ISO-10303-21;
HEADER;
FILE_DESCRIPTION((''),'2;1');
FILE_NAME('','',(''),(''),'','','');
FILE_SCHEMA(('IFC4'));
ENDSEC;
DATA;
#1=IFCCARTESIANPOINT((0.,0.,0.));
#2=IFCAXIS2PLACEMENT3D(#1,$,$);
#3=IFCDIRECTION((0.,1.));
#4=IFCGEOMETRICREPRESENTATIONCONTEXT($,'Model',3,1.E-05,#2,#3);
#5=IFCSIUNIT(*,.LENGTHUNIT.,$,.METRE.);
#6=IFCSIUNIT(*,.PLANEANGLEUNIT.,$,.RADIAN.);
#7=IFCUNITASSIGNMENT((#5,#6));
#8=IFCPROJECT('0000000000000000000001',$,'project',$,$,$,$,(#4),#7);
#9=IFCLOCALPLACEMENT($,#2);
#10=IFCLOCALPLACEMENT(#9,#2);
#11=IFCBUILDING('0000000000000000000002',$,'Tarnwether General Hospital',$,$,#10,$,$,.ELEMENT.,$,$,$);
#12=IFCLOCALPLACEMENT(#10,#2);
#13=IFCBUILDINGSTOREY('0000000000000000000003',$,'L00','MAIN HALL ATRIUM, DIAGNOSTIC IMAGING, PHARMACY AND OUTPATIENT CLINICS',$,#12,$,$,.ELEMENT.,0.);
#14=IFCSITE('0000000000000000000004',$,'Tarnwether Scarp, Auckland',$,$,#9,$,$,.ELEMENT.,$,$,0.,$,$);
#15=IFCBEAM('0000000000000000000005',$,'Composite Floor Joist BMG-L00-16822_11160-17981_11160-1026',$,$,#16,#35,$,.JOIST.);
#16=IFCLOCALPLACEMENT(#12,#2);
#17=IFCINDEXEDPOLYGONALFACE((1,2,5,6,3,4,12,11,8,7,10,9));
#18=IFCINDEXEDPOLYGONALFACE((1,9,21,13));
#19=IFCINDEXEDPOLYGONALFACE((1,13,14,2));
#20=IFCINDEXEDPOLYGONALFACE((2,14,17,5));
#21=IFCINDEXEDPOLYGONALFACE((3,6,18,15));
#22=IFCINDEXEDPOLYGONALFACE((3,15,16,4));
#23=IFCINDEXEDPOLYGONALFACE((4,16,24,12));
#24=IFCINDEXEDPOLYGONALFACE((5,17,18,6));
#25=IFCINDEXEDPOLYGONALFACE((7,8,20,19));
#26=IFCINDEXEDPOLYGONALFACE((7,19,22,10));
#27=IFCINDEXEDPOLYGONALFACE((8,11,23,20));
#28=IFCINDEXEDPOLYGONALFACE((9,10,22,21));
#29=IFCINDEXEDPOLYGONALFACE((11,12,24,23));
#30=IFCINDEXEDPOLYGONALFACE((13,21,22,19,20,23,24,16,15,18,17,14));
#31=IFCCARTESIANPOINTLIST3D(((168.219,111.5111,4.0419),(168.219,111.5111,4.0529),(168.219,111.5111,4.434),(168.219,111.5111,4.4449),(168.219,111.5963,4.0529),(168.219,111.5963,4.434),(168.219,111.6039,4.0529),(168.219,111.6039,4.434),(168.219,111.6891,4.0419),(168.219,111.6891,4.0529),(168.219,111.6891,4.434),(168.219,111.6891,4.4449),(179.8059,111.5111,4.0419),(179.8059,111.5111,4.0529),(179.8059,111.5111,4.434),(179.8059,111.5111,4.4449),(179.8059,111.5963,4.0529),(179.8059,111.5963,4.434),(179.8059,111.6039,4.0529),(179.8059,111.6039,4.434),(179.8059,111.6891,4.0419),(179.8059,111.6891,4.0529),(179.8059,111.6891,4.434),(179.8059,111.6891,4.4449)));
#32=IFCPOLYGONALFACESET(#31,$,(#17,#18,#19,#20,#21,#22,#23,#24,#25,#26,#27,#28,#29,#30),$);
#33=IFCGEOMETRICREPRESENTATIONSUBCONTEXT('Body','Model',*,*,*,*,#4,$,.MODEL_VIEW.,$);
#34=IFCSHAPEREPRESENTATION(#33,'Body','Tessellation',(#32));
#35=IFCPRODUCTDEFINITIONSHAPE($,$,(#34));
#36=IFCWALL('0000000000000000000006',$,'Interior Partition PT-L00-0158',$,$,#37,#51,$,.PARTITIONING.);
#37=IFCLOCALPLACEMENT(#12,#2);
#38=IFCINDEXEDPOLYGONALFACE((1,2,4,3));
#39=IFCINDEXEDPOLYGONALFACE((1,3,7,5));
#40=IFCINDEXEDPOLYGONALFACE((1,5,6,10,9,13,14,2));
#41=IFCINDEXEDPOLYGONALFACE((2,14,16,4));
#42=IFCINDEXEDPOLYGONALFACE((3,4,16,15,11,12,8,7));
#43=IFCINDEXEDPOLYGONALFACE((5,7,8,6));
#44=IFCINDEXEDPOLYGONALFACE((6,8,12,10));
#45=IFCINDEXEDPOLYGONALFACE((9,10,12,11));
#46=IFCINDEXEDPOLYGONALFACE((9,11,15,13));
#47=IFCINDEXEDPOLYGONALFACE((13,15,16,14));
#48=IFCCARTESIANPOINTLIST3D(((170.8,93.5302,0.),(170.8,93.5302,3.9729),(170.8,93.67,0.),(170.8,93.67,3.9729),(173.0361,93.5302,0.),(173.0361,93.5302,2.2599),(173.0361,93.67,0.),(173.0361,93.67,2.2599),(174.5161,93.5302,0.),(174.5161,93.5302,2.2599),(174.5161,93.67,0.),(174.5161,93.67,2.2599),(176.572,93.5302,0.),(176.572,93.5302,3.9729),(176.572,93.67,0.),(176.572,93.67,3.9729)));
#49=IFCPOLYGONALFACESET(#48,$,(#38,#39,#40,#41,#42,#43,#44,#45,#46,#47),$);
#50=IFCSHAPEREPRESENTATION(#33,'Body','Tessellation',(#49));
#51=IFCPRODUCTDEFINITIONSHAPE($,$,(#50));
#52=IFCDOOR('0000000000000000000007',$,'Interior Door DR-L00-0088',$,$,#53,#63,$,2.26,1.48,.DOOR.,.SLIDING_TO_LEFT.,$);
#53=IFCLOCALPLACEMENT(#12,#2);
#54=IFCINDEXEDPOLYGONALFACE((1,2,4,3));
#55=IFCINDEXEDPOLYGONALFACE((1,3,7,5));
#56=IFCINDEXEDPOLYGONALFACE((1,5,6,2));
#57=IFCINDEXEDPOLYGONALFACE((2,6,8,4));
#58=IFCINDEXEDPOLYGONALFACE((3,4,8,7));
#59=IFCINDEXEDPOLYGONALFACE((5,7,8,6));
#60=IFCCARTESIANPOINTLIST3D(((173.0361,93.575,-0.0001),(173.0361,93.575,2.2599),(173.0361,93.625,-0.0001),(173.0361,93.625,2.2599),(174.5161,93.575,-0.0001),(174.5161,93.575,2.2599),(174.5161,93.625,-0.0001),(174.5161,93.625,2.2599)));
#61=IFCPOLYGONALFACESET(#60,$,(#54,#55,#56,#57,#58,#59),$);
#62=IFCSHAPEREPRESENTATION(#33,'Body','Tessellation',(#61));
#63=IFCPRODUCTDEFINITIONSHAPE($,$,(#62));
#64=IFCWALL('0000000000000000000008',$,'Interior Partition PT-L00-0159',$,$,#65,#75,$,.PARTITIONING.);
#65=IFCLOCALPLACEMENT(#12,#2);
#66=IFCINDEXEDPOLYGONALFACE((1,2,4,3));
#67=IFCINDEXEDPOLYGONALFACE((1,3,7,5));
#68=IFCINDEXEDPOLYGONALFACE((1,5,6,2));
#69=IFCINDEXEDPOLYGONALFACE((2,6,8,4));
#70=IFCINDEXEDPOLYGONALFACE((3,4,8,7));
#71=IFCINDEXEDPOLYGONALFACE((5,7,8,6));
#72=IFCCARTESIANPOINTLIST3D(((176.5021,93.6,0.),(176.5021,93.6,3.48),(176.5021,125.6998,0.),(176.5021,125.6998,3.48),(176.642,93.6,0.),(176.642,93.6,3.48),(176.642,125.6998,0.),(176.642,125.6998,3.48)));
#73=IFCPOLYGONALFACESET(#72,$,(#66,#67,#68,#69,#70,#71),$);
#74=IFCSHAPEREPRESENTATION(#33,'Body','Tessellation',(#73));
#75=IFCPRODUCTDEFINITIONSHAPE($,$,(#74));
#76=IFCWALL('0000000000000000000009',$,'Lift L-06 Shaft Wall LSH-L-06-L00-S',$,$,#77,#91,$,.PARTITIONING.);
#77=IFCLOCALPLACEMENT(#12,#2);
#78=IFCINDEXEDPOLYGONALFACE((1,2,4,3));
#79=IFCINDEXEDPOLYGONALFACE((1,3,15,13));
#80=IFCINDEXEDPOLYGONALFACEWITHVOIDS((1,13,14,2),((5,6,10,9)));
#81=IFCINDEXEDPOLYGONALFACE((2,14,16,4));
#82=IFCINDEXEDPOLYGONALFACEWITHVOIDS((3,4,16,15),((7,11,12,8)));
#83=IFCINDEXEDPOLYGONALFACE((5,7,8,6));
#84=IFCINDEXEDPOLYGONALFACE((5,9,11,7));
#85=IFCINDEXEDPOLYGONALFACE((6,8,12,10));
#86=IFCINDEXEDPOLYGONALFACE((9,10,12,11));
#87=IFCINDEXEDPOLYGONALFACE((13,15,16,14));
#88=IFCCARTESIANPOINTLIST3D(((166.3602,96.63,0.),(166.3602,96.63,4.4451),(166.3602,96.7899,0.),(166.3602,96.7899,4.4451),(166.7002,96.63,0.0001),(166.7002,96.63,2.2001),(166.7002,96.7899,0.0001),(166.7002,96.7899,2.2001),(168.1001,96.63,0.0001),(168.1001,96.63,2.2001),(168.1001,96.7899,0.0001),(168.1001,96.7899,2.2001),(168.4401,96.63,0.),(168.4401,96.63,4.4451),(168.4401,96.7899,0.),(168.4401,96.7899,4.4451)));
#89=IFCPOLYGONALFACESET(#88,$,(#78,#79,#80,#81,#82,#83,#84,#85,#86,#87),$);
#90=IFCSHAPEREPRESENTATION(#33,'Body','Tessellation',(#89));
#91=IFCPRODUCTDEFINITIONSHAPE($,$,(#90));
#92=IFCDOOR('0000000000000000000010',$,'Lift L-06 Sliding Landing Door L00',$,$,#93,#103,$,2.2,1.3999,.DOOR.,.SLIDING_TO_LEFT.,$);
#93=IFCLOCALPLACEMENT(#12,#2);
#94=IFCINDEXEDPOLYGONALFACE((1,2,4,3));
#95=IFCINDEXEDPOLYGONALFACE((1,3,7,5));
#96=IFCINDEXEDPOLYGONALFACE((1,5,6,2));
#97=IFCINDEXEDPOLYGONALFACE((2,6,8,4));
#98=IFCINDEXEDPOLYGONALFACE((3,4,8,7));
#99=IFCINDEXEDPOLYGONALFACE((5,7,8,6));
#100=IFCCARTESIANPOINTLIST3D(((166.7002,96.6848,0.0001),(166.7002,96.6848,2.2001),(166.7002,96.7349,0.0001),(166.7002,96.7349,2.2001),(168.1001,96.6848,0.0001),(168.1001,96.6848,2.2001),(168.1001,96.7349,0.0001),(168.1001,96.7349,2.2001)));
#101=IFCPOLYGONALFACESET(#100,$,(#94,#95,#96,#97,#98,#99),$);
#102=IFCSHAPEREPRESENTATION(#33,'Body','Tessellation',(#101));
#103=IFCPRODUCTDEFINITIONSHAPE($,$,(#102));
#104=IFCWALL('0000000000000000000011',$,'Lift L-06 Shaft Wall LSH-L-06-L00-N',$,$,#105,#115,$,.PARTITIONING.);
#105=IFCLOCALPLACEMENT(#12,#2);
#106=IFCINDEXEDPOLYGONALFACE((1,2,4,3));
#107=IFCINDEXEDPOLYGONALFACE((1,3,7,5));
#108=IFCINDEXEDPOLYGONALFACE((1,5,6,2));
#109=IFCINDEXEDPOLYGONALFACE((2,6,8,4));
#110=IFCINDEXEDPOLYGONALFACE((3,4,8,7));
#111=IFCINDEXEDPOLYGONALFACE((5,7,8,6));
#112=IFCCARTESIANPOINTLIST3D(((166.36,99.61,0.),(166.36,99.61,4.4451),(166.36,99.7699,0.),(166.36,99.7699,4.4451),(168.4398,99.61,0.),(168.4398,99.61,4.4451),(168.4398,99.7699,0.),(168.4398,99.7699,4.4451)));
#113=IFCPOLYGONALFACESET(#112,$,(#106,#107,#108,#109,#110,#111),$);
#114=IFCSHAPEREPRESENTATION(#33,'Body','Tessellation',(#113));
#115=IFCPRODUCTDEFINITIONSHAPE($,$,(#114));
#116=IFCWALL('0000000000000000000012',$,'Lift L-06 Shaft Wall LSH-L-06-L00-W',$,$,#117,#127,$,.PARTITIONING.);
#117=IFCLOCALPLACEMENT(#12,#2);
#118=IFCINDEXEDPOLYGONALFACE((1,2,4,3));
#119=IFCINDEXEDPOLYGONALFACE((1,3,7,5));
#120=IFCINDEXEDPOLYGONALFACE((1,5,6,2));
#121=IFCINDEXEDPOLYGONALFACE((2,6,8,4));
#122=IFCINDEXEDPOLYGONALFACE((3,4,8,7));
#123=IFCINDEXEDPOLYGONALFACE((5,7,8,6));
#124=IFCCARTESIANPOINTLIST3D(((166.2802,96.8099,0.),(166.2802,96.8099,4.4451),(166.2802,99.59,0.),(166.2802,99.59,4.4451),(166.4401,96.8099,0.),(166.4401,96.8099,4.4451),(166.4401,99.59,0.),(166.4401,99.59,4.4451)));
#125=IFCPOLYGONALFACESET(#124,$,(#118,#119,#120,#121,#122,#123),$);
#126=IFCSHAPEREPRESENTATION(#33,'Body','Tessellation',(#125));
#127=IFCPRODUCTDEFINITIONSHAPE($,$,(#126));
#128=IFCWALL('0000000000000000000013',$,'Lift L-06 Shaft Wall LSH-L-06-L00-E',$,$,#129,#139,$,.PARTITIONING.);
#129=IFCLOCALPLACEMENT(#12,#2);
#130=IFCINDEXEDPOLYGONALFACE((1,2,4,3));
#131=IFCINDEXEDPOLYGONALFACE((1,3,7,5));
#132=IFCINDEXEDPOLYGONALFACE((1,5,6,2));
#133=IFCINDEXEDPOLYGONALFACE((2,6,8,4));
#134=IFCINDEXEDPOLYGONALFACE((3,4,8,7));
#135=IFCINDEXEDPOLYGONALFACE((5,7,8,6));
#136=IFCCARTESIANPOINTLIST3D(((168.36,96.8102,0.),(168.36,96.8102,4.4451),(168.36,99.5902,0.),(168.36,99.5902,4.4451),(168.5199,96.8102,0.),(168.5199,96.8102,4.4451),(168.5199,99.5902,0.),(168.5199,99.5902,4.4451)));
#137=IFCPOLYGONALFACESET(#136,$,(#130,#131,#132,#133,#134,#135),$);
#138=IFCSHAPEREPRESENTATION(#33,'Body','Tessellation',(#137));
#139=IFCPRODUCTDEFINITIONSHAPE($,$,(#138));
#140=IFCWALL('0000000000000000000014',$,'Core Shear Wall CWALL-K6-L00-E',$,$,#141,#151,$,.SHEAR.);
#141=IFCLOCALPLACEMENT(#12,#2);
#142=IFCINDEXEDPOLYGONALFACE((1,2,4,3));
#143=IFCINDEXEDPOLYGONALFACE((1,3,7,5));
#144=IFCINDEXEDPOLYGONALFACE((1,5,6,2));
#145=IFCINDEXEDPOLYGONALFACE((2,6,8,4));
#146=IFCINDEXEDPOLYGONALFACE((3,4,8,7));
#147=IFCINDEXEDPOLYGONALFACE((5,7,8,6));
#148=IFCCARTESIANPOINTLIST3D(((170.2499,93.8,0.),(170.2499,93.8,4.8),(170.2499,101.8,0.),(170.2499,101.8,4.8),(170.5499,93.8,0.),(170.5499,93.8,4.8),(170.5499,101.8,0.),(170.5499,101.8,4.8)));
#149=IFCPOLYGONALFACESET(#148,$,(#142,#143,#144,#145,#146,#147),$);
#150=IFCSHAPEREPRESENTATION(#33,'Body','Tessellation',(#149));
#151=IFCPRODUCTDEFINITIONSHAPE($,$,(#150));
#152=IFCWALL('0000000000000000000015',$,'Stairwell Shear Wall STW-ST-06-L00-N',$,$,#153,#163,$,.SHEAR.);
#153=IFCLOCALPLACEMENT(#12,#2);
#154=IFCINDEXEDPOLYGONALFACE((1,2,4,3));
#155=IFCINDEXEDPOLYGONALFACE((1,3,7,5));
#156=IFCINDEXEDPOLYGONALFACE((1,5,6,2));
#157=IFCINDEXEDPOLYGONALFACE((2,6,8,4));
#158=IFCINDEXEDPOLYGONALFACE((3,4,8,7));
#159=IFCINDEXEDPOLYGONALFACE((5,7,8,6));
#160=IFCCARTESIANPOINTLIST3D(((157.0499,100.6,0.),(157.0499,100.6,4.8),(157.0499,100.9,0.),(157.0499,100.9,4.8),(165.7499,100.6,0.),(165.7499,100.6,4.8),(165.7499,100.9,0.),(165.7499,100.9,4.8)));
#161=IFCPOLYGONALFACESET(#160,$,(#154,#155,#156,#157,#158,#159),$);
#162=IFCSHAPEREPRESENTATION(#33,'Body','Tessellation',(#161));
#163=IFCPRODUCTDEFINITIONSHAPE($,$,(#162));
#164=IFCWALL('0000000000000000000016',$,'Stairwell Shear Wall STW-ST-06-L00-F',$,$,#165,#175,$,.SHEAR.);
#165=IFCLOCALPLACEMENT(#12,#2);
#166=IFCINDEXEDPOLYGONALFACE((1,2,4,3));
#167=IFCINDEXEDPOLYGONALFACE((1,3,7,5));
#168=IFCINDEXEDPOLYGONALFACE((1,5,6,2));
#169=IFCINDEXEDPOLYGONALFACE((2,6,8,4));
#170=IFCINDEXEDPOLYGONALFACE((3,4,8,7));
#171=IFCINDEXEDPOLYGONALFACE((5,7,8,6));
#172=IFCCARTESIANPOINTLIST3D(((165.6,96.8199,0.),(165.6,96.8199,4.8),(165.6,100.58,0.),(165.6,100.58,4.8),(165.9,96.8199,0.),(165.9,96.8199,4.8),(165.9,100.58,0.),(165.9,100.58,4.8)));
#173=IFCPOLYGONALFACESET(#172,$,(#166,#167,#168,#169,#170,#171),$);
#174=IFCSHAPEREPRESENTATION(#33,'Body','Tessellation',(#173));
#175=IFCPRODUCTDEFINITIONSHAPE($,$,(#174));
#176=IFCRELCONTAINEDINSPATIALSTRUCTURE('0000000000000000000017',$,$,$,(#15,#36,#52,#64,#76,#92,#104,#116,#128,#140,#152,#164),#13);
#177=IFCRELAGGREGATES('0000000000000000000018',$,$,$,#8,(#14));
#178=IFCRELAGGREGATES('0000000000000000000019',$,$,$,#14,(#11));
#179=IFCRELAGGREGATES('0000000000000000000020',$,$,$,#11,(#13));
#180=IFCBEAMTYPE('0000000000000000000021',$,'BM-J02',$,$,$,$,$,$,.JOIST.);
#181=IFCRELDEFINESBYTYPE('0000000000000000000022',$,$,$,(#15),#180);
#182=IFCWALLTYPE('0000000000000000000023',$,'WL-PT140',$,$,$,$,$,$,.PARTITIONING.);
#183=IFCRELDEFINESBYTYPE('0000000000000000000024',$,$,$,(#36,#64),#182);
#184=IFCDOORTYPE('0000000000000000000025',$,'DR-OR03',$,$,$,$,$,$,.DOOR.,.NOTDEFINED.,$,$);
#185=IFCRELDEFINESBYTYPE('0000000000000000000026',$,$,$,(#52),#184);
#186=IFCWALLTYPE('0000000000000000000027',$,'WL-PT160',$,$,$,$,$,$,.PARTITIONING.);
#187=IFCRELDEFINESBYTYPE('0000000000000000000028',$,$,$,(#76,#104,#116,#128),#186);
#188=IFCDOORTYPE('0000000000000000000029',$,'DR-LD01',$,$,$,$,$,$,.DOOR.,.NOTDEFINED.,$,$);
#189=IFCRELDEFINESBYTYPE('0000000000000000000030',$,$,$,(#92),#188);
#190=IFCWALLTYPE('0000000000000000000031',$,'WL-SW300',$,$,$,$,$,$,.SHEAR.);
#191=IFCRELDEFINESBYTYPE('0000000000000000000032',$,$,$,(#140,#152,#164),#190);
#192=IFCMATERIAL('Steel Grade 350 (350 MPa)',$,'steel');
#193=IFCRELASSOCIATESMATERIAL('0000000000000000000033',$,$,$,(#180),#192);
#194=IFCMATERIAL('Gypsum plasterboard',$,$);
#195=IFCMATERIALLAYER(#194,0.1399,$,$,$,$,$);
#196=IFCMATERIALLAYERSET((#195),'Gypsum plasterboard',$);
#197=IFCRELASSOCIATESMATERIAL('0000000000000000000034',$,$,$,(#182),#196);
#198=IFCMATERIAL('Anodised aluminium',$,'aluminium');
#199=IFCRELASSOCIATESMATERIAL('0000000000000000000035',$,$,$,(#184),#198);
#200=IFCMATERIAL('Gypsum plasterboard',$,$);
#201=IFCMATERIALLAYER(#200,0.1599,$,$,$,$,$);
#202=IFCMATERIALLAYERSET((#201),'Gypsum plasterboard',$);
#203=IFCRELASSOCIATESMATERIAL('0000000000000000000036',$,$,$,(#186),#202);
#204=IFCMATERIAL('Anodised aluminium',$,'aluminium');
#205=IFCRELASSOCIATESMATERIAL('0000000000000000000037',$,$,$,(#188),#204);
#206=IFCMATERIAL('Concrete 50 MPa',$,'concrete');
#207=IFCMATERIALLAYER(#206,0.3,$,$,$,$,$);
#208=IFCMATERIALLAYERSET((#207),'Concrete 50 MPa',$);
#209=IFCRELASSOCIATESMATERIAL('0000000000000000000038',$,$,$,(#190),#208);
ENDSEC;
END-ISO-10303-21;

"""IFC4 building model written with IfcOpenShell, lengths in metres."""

from ifc_helpers import new_model, si_unit, direction, frame, frame_2d, origin, origin_2d, place, context, subcontext, project, spatial, rectangle, i_section, extrude, material, layer, layer_set, material_profile, profile_set, type_object, element, fill, save


model = new_model("IFC4")

# Units and contexts
model_context = context("Model", 3, precision=1e-05, world=origin(), true_north=direction((0.0, 1.0)))
body_context = subcontext(model_context, "Body", "Model", "MODEL_VIEW")
ifc_project = project(units=[si_unit("LENGTHUNIT", "METRE"), si_unit("PLANEANGLEUNIT", "RADIAN")], contexts=[model_context])

# Site, building, storey
site_placement = place(None, origin())
site = spatial("IfcSite", under=ifc_project, at=site_placement, Name="Tarnwether Scarp, Auckland", CompositionType="ELEMENT", RefElevation=0.0)
building_placement = place(site_placement, origin())
building = spatial("IfcBuilding", under=site, at=building_placement, Name="Tarnwether General Hospital", CompositionType="ELEMENT")
storey_placement = place(building_placement, origin())
storey = spatial("IfcBuildingStorey", under=building, at=storey_placement, Name="L00", Description="MAIN HALL ATRIUM, DIAGNOSTIC IMAGING, PHARMACY AND OUTPATIENT CLINICS", CompositionType="ELEMENT", Elevation=0.0)

# Beam
ifc_material_1 = material(Name="Steel Grade 350 (350 MPa)", Category="steel")
ifc_material_profile_1 = material_profile(ifc_material_1, i_section(OverallWidth=0.178, OverallDepth=0.4031, WebThickness=0.0076, FlangeThickness=0.011, at=origin_2d()), Name="410UB53.7")
ifc_profile_set_1 = profile_set([ifc_material_profile_1], Name="Steel Grade 350 (350 MPa)")
beam_type_1 = type_object("IfcBeamType", Name="BM-J02", PredefinedType="JOIST", material=ifc_profile_set_1)
beam_1_placement = place(storey_placement, frame((168.219, 111.6001, 4.2434), z_axis=(1.0, 0.0, 0.0), x_axis=(0.0, 1.0, 0.0)))
element("IfcBeam", 1, at=beam_1_placement, inside=storey, type_object=beam_type_1, Name="Composite Floor Joist BMG-L00-16822_11160-17981_11160-1026", PredefinedType="JOIST", context=body_context, shape_type="SweptSolid", body=[
    extrude(i_section(OverallWidth=0.178, OverallDepth=0.4031, WebThickness=0.0076, FlangeThickness=0.011, at=origin_2d()), origin(), (0.0, 0.0, 1.0), 11.5869),
])

# Wall, opening, door
ifc_material_2 = material(Name="Gypsum plasterboard")
ifc_layer_1 = layer(ifc_material_2, 0.1399)
ifc_layer_set_1 = layer_set([ifc_layer_1], Name="Gypsum plasterboard")
wall_type_1 = type_object("IfcWallType", Name="WL-PT140", PredefinedType="PARTITIONING", material=ifc_layer_set_1)
wall_1_placement = place(storey_placement, frame((170.8, 93.6001, 0.0), z_axis=(0.0, 0.0, 1.0), x_axis=(1.0, 0.0, 0.0)))
wall_1 = element("IfcWall", 2, at=wall_1_placement, inside=storey, type_object=wall_type_1, Name="Interior Partition PT-L00-0158", PredefinedType="PARTITIONING", context=body_context, shape_type="SweptSolid", body=[
    extrude(rectangle(XDim=5.772, YDim=0.1399, at=frame_2d((2.886, 0.0))), origin(), (0.0, 0.0, 1.0), 3.9729),
])
opening_1_placement = place(wall_1_placement, frame((2.2361, 0.0, 0.0)))
opening_1 = element("IfcOpeningElement", 3, at=opening_1_placement, cuts=wall_1, PredefinedType="OPENING", context=body_context, shape_type="SweptSolid", body=[
    extrude(rectangle(XDim=1.48, YDim=2.26, at=frame_2d((0.74, 1.1299))), frame((0.0, 0.0801, 0.0), z_axis=(0.0, -1.0, 0.0), x_axis=(1.0, 0.0, 0.0)), (0.0, 0.0, 1.0), 0.1599),
])
ifc_material_3 = material(Name="Anodised aluminium", Category="aluminium")
door_type_1 = type_object("IfcDoorType", Name="DR-OR03", OperationType="NOTDEFINED", PredefinedType="DOOR", material=ifc_material_3)
door_1_placement = place(opening_1_placement, origin())
door_1 = element("IfcDoor", 4, at=door_1_placement, inside=storey, type_object=door_type_1, Name="Interior Door DR-L00-0088", OperationType="SLIDING_TO_LEFT", OverallHeight=2.26, OverallWidth=1.48, PredefinedType="DOOR", context=body_context, shape_type="SweptSolid", body=[
    extrude(rectangle(XDim=1.48, YDim=2.26, at=frame_2d((0.74, 1.1299))), frame((0.0, 0.0249, 0.0), z_axis=(0.0, -1.0, 0.0), x_axis=(1.0, 0.0, 0.0)), (0.0, 0.0, 1.0), 0.05),
])
fill(opening_1, door_1)

# Wall
wall_2_placement = place(storey_placement, frame((176.572, 93.6001, 0.0), z_axis=(0.0, 0.0, 1.0), x_axis=(0.0, 1.0, 0.0)))
element("IfcWall", 5, at=wall_2_placement, inside=storey, type_object=wall_type_1, Name="Interior Partition PT-L00-0159", PredefinedType="PARTITIONING", context=body_context, shape_type="SweptSolid", body=[
    extrude(rectangle(XDim=32.0999, YDim=0.1399, at=frame_2d((16.0498, 0.0))), origin(), (0.0, 0.0, 1.0), 3.48),
])

# Wall, opening, door
ifc_material_4 = material(Name="Gypsum plasterboard")
ifc_layer_2 = layer(ifc_material_4, 0.1599)
ifc_layer_set_2 = layer_set([ifc_layer_2], Name="Gypsum plasterboard")
wall_type_2 = type_object("IfcWallType", Name="WL-PT160", PredefinedType="PARTITIONING", material=ifc_layer_set_2)
wall_3_placement = place(storey_placement, frame((166.3601, 96.71, 0.0), z_axis=(0.0, 0.0, 1.0), x_axis=(1.0, 0.0, 0.0)))
wall_3 = element("IfcWall", 6, at=wall_3_placement, inside=storey, type_object=wall_type_2, Name="Lift L-06 Shaft Wall LSH-L-06-L00-S", PredefinedType="PARTITIONING", context=body_context, shape_type="SweptSolid", body=[
    extrude(rectangle(XDim=2.0798, YDim=0.1599, at=frame_2d((1.04, 0.0))), origin(), (0.0, 0.0, 1.0), 4.4451),
])
opening_2_placement = place(wall_3_placement, frame((0.3401, 0.0, 0.0)))
opening_2 = element("IfcOpeningElement", 7, at=opening_2_placement, cuts=wall_3, PredefinedType="OPENING", context=body_context, shape_type="SweptSolid", body=[
    extrude(rectangle(XDim=1.3999, YDim=2.2, at=frame_2d((0.7, 1.1001))), frame((0.0, 0.0898, 0.0), z_axis=(0.0, -1.0, 0.0), x_axis=(1.0, 0.0, 0.0)), (0.0, 0.0, 1.0), 0.1799),
])
ifc_material_5 = material(Name="Anodised aluminium", Category="aluminium")
door_type_2 = type_object("IfcDoorType", Name="DR-LD01", OperationType="NOTDEFINED", PredefinedType="DOOR", material=ifc_material_5)
door_2_placement = place(opening_2_placement, origin())
door_2 = element("IfcDoor", 8, at=door_2_placement, inside=storey, type_object=door_type_2, Name="Lift L-06 Sliding Landing Door L00", OperationType="SLIDING_TO_LEFT", OverallHeight=2.2, OverallWidth=1.3999, PredefinedType="DOOR", context=body_context, shape_type="SweptSolid", body=[
    extrude(rectangle(XDim=1.3999, YDim=2.2, at=frame_2d((0.7, 1.1001))), frame((0.0, 0.0249, 0.0), z_axis=(0.0, -1.0, 0.0), x_axis=(1.0, 0.0, 0.0)), (0.0, 0.0, 1.0), 0.05),
])
fill(opening_2, door_2)

# Walls
wall_4_placement = place(storey_placement, frame((168.4399, 99.6899, 0.0), z_axis=(0.0, 0.0, 1.0), x_axis=(-1.0, 0.0, 0.0)))
element("IfcWall", 9, at=wall_4_placement, inside=storey, type_object=wall_type_2, Name="Lift L-06 Shaft Wall LSH-L-06-L00-N", PredefinedType="PARTITIONING", context=body_context, shape_type="SweptSolid", body=[
    extrude(rectangle(XDim=2.0798, YDim=0.1599, at=frame_2d((1.04, 0.0))), origin(), (0.0, 0.0, 1.0), 4.4451),
])
for number, where, z_axis, x_axis, name in (
    (10, (166.3601, 99.5901, 0.0), (0.0, 0.0, 1.0), (0.0, -1.0, 0.0), "Lift L-06 Shaft Wall LSH-L-06-L00-W"),
    (11, (168.4399, 96.8101, 0.0), (0.0, 0.0, 1.0), (0.0, 1.0, 0.0), "Lift L-06 Shaft Wall LSH-L-06-L00-E"),
):
    element("IfcWall", number, at=place(storey_placement, frame(where, z_axis=z_axis, x_axis=x_axis)), inside=storey, type_object=wall_type_2, Name=name, PredefinedType="PARTITIONING", context=body_context, shape_type="SweptSolid", body=[
        extrude(rectangle(XDim=2.78, YDim=0.1599, at=frame_2d((1.3901, 0.0))), origin(), (0.0, 0.0, 1.0), 4.4451),
    ])
ifc_material_6 = material(Name="Concrete 50 MPa", Category="concrete")
ifc_layer_3 = layer(ifc_material_6, 0.3)
ifc_layer_set_3 = layer_set([ifc_layer_3], Name="Concrete 50 MPa")
wall_type_3 = type_object("IfcWallType", Name="WL-SW300", PredefinedType="SHEAR", material=ifc_layer_set_3)
wall_5_placement = place(storey_placement, frame((170.3999, 101.8, 0.0), z_axis=(0.0, 0.0, 1.0), x_axis=(0.0, -1.0, 0.0)))
element("IfcWall", 12, at=wall_5_placement, inside=storey, type_object=wall_type_3, Name="Core Shear Wall CWALL-K6-L00-E", PredefinedType="SHEAR", context=body_context, shape_type="SweptSolid", body=[
    extrude(rectangle(XDim=8.0, YDim=0.3, at=frame_2d((4.0, 0.0))), origin(), (0.0, 0.0, 1.0), 4.8),
])
wall_6_placement = place(storey_placement, frame((165.75, 100.75, 0.0), z_axis=(0.0, 0.0, 1.0), x_axis=(-1.0, 0.0, 0.0)))
element("IfcWall", 13, at=wall_6_placement, inside=storey, type_object=wall_type_3, Name="Stairwell Shear Wall STW-ST-06-L00-N", PredefinedType="SHEAR", context=body_context, shape_type="SweptSolid", body=[
    extrude(rectangle(XDim=8.7, YDim=0.3, at=frame_2d((4.3501, 0.0))), origin(), (0.0, 0.0, 1.0), 4.8),
])
wall_7_placement = place(storey_placement, frame((165.75, 96.8201, 0.0), z_axis=(0.0, 0.0, 1.0), x_axis=(0.0, 1.0, 0.0)))
element("IfcWall", 14, at=wall_7_placement, inside=storey, type_object=wall_type_3, Name="Stairwell Shear Wall STW-ST-06-L00-F", PredefinedType="SHEAR", context=body_context, shape_type="SweptSolid", body=[
    extrude(rectangle(XDim=3.76, YDim=0.3, at=frame_2d((1.8799, 0.0))), origin(), (0.0, 0.0, 1.0), 4.8),
])

save(model, "model.ifc")
